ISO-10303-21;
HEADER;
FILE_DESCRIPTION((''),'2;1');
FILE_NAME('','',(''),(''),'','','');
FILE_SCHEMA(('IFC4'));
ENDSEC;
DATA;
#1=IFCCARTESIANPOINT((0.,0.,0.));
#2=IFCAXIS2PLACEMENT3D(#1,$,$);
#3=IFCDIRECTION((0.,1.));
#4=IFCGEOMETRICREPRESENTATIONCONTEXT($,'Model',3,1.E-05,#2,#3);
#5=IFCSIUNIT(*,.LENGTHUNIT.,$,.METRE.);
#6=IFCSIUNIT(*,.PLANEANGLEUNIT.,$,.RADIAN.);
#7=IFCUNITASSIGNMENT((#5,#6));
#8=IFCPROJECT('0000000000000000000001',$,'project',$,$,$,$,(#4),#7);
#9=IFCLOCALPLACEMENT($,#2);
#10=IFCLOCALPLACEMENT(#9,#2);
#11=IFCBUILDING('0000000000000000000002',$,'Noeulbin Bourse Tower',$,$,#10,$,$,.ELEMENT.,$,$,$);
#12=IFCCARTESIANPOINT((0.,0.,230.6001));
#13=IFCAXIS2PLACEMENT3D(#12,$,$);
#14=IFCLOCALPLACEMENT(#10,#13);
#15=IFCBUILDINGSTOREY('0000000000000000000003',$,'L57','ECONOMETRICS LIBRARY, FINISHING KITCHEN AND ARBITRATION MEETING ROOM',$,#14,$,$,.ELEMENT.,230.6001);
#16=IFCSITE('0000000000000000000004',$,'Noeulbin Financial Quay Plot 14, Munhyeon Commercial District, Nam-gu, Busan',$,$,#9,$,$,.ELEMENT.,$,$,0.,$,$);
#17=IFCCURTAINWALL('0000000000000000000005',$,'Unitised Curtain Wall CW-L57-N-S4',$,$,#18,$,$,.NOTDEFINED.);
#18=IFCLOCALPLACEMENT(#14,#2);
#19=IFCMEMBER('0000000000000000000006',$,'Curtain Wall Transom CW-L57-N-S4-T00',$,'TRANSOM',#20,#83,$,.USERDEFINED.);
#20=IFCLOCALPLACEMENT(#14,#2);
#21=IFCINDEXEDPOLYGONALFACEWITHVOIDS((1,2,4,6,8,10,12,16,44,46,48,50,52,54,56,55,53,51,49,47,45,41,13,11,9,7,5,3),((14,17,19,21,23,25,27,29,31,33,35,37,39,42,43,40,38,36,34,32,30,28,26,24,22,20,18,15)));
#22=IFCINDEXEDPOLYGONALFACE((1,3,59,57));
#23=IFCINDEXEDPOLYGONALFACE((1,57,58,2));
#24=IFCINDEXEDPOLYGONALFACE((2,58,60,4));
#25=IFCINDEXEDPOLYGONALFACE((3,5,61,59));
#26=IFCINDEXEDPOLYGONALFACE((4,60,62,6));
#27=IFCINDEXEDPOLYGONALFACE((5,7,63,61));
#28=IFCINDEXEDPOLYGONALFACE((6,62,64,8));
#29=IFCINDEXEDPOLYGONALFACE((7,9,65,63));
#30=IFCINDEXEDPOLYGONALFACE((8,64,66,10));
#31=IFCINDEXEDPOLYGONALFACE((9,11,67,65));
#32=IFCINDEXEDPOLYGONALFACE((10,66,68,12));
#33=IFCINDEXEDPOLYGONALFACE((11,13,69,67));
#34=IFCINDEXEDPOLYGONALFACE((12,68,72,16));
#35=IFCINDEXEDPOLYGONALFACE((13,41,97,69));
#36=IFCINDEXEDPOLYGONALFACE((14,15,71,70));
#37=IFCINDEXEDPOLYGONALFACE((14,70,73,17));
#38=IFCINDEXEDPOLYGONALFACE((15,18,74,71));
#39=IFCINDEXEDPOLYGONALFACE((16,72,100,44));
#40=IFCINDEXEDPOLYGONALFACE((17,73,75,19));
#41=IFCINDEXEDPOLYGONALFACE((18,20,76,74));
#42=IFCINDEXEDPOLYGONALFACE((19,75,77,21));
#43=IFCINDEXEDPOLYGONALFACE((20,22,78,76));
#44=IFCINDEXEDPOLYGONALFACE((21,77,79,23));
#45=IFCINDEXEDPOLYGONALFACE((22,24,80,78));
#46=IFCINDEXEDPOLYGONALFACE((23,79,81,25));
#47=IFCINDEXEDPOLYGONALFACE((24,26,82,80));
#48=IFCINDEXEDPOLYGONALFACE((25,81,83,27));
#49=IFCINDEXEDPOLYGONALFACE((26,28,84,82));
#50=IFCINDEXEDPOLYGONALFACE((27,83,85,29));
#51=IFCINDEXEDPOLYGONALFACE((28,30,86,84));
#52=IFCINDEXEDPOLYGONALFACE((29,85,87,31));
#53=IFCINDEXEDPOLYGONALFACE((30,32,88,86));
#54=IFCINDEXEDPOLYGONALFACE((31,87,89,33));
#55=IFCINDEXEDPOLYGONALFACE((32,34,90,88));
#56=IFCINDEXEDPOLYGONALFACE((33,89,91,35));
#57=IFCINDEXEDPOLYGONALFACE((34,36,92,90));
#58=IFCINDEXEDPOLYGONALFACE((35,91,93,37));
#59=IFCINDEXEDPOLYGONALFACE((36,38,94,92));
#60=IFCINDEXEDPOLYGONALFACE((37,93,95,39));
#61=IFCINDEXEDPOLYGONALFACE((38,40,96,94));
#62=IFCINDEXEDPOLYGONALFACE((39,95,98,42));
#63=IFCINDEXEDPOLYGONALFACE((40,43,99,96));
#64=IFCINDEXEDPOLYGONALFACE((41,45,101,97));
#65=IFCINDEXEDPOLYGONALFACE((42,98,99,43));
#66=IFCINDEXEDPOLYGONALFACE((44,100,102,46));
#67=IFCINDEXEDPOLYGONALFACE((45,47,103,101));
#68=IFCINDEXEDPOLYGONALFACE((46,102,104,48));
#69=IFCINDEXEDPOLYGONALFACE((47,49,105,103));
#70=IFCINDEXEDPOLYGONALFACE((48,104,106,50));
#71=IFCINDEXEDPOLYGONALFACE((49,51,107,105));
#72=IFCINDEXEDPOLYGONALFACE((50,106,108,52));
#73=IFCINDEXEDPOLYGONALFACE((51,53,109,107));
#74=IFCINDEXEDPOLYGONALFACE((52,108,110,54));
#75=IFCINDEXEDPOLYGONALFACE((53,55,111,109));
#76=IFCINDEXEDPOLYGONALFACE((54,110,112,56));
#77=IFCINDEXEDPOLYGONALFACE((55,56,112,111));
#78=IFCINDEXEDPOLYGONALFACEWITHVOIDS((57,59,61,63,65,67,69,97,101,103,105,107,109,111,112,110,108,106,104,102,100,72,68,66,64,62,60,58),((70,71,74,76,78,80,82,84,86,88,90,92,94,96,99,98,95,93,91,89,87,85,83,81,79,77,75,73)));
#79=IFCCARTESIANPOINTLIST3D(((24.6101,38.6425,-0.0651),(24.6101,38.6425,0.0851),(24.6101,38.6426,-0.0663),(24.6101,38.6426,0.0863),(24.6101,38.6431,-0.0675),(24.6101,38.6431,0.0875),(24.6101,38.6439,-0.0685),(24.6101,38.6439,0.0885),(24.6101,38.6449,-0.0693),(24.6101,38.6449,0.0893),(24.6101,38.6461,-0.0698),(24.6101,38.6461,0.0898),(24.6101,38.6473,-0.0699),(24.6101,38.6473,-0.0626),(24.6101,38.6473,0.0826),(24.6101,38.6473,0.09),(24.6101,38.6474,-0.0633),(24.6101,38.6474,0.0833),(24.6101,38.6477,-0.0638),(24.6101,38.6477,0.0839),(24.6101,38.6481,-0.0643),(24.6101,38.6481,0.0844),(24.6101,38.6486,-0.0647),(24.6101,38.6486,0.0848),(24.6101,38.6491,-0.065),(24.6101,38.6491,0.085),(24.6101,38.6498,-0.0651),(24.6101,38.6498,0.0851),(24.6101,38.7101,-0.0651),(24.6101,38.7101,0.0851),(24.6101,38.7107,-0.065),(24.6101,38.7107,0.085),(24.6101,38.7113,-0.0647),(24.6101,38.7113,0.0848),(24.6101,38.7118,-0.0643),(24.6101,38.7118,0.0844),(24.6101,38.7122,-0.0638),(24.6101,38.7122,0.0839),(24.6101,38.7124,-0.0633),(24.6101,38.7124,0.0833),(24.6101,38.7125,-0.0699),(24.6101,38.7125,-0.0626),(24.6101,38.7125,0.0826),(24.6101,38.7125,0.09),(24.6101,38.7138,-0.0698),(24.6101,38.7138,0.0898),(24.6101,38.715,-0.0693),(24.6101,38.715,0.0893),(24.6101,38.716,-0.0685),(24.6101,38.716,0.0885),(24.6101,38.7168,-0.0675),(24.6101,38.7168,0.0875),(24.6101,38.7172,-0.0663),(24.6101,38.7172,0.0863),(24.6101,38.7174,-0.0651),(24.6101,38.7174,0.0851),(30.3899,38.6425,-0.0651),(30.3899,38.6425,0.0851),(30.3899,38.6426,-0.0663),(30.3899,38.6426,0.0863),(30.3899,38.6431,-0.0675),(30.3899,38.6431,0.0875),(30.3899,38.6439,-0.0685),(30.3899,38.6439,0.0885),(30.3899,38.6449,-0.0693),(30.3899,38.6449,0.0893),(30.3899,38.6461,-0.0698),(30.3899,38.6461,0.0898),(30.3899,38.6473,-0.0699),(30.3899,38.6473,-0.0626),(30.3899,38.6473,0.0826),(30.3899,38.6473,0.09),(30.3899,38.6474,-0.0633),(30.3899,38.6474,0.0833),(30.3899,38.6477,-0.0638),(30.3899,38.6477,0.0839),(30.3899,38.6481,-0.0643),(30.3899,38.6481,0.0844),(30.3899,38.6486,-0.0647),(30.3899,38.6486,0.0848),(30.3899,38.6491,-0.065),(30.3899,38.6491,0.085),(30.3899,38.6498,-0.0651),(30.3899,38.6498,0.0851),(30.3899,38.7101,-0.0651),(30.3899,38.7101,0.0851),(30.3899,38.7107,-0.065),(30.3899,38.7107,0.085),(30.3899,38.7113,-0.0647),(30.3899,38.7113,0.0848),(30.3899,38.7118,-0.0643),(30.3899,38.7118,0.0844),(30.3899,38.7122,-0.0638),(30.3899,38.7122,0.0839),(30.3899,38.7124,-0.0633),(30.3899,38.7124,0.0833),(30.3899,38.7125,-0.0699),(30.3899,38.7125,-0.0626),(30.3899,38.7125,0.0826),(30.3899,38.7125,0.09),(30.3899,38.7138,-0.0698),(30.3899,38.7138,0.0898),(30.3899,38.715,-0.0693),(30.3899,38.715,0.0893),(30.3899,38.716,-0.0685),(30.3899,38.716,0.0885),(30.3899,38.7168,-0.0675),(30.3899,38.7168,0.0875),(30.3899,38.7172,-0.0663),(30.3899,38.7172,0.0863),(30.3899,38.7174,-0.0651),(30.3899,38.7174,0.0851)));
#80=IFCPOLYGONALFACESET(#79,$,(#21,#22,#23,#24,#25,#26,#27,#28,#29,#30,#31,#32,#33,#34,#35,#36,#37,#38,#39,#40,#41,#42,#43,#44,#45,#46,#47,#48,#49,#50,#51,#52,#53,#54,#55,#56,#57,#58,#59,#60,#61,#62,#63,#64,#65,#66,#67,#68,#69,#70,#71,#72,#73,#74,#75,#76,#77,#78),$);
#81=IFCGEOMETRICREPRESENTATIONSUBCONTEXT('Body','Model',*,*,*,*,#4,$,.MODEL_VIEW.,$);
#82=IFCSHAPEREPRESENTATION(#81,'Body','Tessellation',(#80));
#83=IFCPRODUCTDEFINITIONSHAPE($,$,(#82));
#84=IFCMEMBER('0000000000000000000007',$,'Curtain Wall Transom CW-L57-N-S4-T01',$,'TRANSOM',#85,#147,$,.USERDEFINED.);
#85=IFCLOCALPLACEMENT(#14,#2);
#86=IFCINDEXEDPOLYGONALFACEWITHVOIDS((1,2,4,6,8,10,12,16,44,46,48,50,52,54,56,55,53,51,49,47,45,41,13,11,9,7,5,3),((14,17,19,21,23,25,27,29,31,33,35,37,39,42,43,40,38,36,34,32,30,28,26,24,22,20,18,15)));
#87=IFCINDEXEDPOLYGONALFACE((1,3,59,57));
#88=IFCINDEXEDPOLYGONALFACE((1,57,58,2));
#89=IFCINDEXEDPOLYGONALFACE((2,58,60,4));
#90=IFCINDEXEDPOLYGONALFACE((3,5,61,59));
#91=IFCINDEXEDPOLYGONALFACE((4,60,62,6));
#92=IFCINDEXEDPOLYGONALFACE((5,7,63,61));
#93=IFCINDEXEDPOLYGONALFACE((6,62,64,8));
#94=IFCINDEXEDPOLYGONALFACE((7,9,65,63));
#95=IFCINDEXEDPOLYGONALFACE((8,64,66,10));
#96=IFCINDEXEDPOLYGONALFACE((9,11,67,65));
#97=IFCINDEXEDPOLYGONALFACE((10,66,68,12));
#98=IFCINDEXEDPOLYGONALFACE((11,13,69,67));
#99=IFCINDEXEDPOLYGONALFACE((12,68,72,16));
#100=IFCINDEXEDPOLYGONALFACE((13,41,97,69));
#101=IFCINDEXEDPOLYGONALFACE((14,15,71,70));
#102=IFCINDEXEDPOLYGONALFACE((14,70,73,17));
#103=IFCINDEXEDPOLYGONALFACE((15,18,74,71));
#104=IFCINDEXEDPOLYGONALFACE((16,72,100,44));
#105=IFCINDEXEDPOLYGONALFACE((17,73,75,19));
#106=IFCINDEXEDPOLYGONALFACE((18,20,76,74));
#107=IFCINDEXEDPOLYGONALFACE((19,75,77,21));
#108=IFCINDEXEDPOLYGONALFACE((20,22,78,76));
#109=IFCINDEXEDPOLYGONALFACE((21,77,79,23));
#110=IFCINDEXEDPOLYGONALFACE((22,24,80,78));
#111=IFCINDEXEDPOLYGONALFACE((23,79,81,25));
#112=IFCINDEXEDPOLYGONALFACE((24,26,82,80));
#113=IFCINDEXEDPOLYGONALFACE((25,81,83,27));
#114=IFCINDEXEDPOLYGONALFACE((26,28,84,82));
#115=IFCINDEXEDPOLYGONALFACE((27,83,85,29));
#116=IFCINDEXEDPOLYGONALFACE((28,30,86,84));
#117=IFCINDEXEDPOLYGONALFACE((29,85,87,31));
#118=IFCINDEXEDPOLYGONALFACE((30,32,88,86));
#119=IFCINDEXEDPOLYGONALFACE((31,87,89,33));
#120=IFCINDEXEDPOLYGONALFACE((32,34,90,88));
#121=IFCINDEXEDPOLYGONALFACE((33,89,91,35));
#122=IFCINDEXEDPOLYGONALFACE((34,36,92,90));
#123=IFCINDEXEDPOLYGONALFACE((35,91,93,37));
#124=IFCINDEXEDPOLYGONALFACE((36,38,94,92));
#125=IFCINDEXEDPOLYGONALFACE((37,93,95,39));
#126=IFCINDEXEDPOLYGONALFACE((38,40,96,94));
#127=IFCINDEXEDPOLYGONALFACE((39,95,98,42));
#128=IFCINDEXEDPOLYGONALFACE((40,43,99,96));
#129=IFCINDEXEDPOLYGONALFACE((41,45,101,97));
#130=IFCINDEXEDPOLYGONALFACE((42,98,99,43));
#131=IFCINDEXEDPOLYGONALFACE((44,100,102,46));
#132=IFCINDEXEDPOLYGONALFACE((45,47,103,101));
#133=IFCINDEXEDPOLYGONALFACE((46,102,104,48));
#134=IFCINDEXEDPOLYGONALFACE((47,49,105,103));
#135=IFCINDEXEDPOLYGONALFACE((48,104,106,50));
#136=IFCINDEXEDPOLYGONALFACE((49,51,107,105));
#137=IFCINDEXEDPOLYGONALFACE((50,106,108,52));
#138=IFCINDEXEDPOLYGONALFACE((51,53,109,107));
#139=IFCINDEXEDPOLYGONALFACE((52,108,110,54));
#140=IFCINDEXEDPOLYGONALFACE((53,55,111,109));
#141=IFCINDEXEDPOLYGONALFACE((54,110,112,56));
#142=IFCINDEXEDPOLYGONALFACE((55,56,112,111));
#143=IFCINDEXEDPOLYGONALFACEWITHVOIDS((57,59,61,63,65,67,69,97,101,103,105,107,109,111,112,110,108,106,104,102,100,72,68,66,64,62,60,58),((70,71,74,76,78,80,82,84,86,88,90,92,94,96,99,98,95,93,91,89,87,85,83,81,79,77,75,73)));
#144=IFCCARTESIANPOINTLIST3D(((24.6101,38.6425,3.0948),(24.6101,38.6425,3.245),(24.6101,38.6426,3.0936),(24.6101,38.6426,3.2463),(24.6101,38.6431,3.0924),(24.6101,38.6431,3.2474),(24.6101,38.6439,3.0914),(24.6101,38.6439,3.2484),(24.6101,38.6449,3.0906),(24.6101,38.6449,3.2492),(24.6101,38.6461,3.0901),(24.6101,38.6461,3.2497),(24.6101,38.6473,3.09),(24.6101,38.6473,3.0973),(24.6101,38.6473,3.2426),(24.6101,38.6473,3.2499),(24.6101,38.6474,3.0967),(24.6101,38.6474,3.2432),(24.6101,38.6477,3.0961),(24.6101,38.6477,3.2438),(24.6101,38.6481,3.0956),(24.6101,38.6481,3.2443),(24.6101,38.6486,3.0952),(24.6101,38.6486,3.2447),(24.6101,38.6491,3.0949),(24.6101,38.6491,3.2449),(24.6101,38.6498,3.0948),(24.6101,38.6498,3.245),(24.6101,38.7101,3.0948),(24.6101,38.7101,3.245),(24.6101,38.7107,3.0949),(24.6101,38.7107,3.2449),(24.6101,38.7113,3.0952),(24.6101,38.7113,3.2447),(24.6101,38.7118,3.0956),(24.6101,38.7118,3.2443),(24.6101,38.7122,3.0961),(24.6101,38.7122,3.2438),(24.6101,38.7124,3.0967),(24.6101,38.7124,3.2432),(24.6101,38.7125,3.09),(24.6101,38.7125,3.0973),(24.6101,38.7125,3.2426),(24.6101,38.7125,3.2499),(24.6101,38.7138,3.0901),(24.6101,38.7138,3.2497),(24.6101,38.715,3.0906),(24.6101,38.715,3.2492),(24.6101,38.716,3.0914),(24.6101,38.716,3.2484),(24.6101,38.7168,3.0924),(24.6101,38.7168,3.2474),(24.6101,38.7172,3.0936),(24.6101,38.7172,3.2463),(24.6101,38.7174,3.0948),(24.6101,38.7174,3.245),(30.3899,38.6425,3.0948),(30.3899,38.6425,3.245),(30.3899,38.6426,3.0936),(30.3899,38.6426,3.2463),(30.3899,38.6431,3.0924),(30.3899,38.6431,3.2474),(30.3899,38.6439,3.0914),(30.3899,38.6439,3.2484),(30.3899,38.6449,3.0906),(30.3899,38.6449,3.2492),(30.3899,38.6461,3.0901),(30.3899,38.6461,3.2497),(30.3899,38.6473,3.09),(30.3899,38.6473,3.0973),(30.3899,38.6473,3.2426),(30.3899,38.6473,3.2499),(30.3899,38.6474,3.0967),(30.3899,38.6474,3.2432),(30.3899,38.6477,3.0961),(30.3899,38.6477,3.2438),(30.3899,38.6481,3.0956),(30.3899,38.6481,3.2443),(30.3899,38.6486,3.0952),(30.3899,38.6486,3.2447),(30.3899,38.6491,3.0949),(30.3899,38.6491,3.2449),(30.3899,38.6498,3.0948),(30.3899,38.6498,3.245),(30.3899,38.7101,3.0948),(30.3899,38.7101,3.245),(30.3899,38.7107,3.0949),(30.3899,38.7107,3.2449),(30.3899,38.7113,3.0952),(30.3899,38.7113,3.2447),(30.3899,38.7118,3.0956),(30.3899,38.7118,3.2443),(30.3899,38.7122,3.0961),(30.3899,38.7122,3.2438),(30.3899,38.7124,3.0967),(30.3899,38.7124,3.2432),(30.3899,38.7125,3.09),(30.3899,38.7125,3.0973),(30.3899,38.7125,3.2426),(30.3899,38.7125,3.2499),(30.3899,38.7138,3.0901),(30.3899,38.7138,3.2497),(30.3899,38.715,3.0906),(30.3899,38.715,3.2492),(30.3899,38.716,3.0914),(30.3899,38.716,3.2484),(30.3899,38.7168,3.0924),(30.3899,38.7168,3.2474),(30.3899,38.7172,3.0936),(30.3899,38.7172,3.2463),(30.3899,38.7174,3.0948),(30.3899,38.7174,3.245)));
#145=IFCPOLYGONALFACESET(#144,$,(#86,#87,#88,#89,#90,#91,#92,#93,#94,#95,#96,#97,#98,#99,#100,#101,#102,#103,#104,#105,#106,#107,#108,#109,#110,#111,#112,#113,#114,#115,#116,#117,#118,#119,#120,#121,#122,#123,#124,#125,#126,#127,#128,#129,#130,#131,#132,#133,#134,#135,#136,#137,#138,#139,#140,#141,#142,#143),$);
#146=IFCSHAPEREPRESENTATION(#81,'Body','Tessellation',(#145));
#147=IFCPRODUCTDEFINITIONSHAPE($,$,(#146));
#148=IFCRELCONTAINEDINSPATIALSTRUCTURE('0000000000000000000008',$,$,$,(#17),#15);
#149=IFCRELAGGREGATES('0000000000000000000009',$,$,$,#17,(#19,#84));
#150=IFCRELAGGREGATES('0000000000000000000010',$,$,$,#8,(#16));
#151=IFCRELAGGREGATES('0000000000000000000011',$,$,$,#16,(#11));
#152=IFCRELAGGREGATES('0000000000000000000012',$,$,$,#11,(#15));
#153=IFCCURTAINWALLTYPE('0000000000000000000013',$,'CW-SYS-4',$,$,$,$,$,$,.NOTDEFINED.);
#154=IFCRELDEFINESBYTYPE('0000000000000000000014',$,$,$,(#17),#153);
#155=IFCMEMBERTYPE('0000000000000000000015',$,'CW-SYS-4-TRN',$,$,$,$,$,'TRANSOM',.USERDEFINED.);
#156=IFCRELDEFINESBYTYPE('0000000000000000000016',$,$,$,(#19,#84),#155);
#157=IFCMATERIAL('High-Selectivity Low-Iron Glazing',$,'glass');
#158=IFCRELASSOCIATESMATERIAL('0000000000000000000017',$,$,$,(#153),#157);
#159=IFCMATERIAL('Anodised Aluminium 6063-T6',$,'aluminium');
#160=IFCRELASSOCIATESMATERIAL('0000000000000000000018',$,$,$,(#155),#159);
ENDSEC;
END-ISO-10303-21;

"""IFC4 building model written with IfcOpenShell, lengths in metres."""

from ifc_helpers import new_model, si_unit, direction, frame, origin, origin_2d, place, context, subcontext, project, spatial, hollow_rectangle, extrude, material, material_profile, profile_set, type_object, element, aggregate, save


model = new_model("IFC4")

# Units and contexts
model_context = context("Model", 3, precision=1e-05, world=origin(), true_north=direction((0.0, 1.0)))
body_context = subcontext(model_context, "Body", "Model", "MODEL_VIEW")
ifc_project = project(units=[si_unit("LENGTHUNIT", "METRE"), si_unit("PLANEANGLEUNIT", "RADIAN")], contexts=[model_context])

# Site, building, storey
site_placement = place(None, origin())
site = spatial("IfcSite", under=ifc_project, at=site_placement, Name="Noeulbin Financial Quay Plot 14, Munhyeon Commercial District, Nam-gu, Busan", CompositionType="ELEMENT", RefElevation=0.0)
building_placement = place(site_placement, origin())
building = spatial("IfcBuilding", under=site, at=building_placement, Name="Noeulbin Bourse Tower", CompositionType="ELEMENT")
storey_placement = place(building_placement, frame((0.0, 0.0, 230.6001)))
storey = spatial("IfcBuildingStorey", under=building, at=storey_placement, Name="L57", Description="ECONOMETRICS LIBRARY, FINISHING KITCHEN AND ARBITRATION MEETING ROOM", CompositionType="ELEMENT", Elevation=230.6001)

# Curtain wall
ifc_material_1 = material(Name="High-Selectivity Low-Iron Glazing", Category="glass")
curtain_wall_type = type_object("IfcCurtainWallType", Name="CW-SYS-4", PredefinedType="NOTDEFINED", material=ifc_material_1)
curtain_wall_1_placement = place(storey_placement, origin())
curtain_wall_1 = element("IfcCurtainWall", 1, at=curtain_wall_1_placement, inside=storey, type_object=curtain_wall_type, Name="Unitised Curtain Wall CW-L57-N-S4", PredefinedType="NOTDEFINED")
ifc_material_2 = material(Name="Anodised Aluminium 6063-T6", Category="aluminium")

# Members
ifc_material_profile_1 = material_profile(ifc_material_2, hollow_rectangle(XDim=0.075, YDim=0.1599, WallThickness=0.0049, InnerFilletRadius=0.0024, OuterFilletRadius=0.0049, at=origin_2d()), Name="ALU-TRAN-75x160x5", Category="LoadBearing")
ifc_profile_set_1 = profile_set([ifc_material_profile_1], Name="Anodised Aluminium 6063-T6")
member_type_1 = type_object("IfcMemberType", Name="CW-SYS-4-TRN", ElementType="TRANSOM", PredefinedType="USERDEFINED", material=ifc_profile_set_1)
member_1_placement = place(storey_placement, frame((24.6101, 38.6799, 0.01), z_axis=(1.0, 0.0, 0.0), x_axis=(0.0, 1.0, 0.0)))
member_1 = element("IfcMember", 2, at=member_1_placement, type_object=member_type_1, Name="Curtain Wall Transom CW-L57-N-S4-T00", ObjectType="TRANSOM", PredefinedType="USERDEFINED", context=body_context, shape_type="SweptSolid", body=[
    extrude(hollow_rectangle(XDim=0.075, YDim=0.1599, WallThickness=0.0049, InnerFilletRadius=0.0024, OuterFilletRadius=0.0049, at=origin_2d()), origin(), (0.0, 0.0, 1.0), 5.7798),
])
member_2_placement = place(storey_placement, frame((24.6101, 38.6799, 3.1699), z_axis=(1.0, 0.0, 0.0), x_axis=(0.0, 1.0, 0.0)))
member_2 = element("IfcMember", 3, at=member_2_placement, type_object=member_type_1, Name="Curtain Wall Transom CW-L57-N-S4-T01", ObjectType="TRANSOM", PredefinedType="USERDEFINED", context=body_context, shape_type="SweptSolid", body=[
    extrude(hollow_rectangle(XDim=0.075, YDim=0.1599, WallThickness=0.0049, InnerFilletRadius=0.0024, OuterFilletRadius=0.0049, at=origin_2d()), origin(), (0.0, 0.0, 1.0), 5.7798),
])

aggregate(curtain_wall_1, [member_1, member_2])

save(model, "model.ifc")
